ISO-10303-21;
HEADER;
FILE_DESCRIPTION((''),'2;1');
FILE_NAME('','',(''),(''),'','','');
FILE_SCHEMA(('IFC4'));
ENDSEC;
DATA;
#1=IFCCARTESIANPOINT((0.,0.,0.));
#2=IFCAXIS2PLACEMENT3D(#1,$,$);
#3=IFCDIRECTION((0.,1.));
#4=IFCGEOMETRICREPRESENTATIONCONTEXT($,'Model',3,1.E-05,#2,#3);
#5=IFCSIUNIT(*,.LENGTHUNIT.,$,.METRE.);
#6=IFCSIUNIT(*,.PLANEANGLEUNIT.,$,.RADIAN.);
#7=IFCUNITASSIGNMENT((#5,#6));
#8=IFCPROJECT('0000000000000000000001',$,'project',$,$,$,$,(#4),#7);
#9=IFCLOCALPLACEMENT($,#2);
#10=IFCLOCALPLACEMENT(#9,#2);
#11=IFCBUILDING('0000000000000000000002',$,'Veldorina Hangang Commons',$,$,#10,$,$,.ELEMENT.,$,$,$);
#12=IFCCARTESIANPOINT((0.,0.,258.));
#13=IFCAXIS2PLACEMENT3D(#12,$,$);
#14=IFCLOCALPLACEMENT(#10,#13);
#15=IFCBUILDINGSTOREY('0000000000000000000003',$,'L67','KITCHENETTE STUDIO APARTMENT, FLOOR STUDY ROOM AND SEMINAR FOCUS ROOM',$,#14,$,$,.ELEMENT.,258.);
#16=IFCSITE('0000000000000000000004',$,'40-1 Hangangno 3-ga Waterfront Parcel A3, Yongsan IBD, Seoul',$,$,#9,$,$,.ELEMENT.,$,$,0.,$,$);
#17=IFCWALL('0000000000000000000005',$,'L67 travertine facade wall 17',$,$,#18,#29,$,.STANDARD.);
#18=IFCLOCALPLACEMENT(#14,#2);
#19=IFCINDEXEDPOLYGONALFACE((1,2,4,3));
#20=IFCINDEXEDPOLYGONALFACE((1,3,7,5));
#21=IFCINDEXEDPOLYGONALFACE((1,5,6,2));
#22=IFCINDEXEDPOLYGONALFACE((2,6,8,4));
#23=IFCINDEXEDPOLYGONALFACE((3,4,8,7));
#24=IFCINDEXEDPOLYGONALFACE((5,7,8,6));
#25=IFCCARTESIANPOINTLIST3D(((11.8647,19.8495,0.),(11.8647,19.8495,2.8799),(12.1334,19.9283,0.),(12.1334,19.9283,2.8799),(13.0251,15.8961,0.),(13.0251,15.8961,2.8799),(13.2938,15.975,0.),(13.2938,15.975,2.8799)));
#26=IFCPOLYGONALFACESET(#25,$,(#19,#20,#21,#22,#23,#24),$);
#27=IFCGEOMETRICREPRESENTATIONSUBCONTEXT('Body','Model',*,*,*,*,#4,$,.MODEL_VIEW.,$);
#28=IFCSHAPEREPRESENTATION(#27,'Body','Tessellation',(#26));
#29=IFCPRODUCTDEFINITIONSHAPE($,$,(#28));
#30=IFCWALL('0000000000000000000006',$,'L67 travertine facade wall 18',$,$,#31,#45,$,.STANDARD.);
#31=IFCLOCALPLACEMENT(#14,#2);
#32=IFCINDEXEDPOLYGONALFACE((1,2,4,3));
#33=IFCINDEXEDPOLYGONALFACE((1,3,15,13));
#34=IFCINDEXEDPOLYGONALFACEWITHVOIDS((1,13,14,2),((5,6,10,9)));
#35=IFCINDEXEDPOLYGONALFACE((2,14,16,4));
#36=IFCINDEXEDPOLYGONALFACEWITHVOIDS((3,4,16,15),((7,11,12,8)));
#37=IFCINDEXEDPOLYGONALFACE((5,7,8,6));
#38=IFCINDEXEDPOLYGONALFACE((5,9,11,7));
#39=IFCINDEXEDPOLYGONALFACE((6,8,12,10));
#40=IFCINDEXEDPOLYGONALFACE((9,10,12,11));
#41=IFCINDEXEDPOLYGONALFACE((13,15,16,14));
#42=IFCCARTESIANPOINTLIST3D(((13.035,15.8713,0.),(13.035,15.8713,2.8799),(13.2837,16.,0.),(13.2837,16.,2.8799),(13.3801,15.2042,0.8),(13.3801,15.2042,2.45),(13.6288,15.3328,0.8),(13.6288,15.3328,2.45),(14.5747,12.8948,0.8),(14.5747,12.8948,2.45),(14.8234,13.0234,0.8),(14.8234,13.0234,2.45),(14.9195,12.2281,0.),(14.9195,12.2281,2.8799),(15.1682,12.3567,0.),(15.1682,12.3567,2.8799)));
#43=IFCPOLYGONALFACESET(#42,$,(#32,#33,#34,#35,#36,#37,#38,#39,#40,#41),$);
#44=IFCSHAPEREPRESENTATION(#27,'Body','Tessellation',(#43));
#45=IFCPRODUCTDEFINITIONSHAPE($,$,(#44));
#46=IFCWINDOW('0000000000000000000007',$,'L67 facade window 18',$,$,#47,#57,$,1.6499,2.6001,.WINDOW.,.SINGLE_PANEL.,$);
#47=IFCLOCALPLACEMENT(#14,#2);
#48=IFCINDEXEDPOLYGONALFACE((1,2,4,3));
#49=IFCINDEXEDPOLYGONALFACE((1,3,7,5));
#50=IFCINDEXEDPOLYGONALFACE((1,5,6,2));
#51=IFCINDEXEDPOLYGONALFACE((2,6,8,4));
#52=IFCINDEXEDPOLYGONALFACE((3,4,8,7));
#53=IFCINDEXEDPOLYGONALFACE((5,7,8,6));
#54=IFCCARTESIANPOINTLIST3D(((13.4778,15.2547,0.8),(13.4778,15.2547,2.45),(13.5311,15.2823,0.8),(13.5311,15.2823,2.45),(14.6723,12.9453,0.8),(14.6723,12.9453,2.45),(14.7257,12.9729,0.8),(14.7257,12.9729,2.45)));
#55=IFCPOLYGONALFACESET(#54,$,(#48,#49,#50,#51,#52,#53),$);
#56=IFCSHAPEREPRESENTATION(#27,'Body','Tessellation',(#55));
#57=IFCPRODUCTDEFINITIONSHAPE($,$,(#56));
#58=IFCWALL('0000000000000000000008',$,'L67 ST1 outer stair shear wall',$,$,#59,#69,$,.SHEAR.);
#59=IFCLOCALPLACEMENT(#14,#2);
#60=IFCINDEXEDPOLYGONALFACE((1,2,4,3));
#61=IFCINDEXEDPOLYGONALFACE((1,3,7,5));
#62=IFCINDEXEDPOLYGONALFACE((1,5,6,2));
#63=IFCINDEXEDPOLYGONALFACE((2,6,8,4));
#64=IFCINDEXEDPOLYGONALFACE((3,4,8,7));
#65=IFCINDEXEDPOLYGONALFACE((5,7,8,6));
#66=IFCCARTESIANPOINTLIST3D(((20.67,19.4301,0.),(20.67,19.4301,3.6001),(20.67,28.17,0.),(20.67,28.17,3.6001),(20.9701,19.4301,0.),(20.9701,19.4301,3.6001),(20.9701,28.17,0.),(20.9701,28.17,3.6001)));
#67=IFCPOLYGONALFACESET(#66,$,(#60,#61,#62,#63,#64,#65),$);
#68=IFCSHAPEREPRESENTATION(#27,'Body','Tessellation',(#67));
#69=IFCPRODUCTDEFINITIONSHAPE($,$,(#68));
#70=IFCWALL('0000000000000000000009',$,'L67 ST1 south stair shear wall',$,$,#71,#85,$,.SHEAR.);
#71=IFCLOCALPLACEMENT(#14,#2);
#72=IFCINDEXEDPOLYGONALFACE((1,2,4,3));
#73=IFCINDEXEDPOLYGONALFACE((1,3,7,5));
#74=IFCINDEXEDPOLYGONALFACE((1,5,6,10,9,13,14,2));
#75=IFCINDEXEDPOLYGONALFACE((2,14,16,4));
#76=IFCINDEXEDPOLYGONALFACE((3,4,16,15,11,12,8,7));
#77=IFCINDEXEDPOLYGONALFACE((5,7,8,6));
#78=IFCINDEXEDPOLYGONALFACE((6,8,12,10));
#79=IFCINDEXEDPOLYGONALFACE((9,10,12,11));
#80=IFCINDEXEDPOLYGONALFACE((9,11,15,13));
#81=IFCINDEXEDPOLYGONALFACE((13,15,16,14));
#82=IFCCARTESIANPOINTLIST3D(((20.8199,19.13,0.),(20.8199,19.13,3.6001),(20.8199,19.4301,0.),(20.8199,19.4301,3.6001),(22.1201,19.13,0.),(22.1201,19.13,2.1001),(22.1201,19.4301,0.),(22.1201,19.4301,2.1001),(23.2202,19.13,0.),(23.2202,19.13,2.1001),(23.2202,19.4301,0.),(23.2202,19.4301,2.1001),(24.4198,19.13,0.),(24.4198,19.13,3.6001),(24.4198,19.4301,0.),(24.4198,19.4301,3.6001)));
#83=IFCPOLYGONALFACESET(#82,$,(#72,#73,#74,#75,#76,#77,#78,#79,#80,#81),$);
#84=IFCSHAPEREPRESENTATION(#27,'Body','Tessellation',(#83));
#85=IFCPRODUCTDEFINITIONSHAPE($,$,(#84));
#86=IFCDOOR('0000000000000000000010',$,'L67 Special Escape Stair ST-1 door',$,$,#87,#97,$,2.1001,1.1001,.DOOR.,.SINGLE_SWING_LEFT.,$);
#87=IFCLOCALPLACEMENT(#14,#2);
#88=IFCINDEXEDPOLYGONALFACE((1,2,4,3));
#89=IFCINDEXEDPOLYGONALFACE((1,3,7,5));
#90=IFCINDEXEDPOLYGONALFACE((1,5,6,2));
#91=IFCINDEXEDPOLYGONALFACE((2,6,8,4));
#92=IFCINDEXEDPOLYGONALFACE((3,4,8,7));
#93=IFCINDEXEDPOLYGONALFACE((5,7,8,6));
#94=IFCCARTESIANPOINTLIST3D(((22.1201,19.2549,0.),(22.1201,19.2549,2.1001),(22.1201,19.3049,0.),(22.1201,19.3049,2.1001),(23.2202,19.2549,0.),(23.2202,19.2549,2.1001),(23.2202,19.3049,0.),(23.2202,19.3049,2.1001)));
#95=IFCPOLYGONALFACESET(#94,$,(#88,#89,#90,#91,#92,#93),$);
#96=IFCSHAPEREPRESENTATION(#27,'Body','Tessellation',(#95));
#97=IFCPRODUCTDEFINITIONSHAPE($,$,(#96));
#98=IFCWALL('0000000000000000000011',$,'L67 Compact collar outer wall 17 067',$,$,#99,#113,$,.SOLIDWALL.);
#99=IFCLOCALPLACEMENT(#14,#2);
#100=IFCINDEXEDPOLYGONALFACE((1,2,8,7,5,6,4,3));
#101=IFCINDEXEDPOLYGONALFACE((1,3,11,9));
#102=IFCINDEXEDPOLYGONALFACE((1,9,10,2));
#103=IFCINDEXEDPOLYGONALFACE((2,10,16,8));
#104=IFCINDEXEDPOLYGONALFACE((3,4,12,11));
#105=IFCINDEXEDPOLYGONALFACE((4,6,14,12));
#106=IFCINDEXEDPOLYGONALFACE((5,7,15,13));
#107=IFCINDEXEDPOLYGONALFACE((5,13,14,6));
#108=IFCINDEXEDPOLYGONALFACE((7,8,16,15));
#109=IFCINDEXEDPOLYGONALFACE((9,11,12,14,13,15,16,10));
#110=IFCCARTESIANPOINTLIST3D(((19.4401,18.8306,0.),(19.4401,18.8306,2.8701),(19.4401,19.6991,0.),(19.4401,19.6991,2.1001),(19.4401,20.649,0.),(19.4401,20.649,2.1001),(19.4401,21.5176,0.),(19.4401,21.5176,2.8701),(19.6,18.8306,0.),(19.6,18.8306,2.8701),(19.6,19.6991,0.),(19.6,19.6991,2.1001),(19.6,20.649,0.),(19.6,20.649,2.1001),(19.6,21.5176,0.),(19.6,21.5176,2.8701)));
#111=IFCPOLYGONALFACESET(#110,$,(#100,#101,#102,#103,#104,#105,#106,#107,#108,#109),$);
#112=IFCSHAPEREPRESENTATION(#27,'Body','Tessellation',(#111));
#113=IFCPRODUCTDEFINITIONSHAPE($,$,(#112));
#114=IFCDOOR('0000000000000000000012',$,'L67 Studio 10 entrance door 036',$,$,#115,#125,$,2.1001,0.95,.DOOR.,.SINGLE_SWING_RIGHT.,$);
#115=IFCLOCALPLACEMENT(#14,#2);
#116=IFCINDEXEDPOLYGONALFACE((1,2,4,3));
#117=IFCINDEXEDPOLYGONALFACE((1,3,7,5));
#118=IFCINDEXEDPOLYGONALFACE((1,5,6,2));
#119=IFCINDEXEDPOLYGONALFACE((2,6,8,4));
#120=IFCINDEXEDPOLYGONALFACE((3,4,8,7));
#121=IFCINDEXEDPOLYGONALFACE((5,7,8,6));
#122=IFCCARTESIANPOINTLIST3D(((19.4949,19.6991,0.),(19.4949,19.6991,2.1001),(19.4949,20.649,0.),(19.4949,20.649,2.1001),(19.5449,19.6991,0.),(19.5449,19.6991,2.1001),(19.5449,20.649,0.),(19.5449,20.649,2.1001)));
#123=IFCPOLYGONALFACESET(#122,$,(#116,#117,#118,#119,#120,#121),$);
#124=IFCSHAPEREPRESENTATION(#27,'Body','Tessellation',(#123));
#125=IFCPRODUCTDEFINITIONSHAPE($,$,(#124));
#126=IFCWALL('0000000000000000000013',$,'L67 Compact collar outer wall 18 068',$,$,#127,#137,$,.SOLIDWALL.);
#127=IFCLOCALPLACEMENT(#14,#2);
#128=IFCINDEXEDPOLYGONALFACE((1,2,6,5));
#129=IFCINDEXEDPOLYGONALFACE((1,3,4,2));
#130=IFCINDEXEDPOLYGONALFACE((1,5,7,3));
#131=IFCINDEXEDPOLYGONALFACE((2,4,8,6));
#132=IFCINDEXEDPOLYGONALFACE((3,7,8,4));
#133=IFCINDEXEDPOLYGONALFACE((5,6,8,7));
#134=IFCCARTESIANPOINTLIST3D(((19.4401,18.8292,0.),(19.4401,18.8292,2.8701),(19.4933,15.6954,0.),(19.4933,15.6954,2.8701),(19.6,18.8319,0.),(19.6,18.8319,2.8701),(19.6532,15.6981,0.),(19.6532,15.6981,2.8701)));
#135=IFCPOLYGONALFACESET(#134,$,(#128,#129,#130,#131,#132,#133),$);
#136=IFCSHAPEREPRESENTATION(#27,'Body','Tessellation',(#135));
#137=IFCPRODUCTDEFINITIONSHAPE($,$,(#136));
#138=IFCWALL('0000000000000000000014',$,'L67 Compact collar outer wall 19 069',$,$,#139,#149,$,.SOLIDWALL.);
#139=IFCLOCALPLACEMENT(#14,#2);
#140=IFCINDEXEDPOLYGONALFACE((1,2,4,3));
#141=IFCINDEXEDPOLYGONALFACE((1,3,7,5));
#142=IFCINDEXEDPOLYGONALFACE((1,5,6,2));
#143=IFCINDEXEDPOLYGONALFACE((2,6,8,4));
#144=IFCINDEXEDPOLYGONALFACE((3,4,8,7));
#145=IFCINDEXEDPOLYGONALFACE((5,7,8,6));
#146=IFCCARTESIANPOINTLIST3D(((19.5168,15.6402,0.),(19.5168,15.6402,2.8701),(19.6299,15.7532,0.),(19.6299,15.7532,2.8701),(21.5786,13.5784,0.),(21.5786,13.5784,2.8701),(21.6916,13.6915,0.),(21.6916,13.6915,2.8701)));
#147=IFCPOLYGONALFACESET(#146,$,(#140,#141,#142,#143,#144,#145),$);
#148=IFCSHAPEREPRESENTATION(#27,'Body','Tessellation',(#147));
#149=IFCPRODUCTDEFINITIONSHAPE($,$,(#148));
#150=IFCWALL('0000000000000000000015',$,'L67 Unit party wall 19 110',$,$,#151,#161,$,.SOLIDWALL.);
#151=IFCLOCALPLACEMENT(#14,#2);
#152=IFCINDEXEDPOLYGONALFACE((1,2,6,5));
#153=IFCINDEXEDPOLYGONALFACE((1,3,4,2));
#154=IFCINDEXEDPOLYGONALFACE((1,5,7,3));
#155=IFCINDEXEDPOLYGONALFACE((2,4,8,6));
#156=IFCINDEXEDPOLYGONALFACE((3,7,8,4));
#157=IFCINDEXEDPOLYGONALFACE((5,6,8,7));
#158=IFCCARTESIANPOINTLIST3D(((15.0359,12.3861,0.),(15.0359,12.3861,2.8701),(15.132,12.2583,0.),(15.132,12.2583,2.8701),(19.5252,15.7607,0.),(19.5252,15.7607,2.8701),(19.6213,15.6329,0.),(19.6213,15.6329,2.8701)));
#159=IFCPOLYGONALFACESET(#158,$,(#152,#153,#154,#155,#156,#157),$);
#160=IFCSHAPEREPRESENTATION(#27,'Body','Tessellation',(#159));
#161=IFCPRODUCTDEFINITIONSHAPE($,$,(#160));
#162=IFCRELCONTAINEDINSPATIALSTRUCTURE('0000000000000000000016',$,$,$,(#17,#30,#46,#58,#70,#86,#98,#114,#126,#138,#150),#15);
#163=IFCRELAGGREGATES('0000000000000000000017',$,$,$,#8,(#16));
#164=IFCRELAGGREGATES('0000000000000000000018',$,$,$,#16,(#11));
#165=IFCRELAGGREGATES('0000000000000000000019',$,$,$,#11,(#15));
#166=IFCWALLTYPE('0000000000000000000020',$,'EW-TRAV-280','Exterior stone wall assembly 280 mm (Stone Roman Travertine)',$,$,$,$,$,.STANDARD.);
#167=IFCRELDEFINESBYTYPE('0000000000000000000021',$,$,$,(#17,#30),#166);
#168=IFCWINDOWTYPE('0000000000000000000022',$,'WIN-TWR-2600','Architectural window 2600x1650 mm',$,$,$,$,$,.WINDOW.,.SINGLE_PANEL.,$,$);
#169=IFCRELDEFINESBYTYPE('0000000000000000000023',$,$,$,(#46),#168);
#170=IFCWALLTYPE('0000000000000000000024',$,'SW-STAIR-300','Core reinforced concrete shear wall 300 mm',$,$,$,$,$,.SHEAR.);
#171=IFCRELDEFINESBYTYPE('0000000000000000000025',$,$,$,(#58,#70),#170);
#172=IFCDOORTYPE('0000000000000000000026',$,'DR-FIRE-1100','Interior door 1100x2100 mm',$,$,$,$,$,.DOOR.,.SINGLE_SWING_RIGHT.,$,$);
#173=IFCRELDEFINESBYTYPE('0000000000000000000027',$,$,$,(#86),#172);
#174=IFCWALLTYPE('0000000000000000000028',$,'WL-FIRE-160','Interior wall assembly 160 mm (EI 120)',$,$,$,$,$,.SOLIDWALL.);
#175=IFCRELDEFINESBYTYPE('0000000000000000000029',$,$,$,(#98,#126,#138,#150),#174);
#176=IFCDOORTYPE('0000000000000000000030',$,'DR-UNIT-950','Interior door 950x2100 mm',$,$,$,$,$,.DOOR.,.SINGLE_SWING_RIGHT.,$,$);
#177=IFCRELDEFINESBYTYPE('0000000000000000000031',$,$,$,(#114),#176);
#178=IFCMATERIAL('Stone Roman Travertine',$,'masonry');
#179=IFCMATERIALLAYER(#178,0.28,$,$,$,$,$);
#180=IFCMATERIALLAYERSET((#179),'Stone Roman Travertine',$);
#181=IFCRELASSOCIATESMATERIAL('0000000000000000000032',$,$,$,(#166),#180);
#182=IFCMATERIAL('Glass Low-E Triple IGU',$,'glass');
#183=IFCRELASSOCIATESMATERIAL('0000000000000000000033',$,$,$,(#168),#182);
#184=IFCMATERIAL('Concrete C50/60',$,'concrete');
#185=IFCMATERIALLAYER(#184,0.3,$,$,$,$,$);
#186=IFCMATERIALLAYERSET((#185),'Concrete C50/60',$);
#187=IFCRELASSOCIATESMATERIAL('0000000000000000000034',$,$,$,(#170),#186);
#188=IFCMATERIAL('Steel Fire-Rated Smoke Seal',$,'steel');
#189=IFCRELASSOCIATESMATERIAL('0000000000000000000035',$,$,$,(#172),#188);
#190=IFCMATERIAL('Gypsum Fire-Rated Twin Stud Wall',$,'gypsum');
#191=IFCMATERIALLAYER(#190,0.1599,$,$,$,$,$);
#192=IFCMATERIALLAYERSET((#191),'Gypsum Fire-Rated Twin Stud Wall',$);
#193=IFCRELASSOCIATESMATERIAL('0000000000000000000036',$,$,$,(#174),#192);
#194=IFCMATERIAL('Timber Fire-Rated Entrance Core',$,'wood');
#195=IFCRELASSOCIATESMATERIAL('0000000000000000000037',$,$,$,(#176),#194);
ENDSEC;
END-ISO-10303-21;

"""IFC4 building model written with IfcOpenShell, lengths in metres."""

from ifc_helpers import new_model, si_unit, direction, frame, frame_2d, origin, place, context, subcontext, project, spatial, rectangle, extrude, material, layer, layer_set, type_object, element, fill, save


model = new_model("IFC4")

# Units and contexts
model_context = context("Model", 3, precision=1e-05, world=origin(), true_north=direction((0.0, 1.0)))
body_context = subcontext(model_context, "Body", "Model", "MODEL_VIEW")
ifc_project = project(units=[si_unit("LENGTHUNIT", "METRE"), si_unit("PLANEANGLEUNIT", "RADIAN")], contexts=[model_context])

# Site, building, storey
site_placement = place(None, origin())
site = spatial("IfcSite", under=ifc_project, at=site_placement, Name="40-1 Hangangno 3-ga Waterfront Parcel A3, Yongsan IBD, Seoul", CompositionType="ELEMENT", RefElevation=0.0)
building_placement = place(site_placement, origin())
building = spatial("IfcBuilding", under=site, at=building_placement, Name="Veldorina Hangang Commons", CompositionType="ELEMENT")
storey_placement = place(building_placement, frame((0.0, 0.0, 258.0)))
storey = spatial("IfcBuildingStorey", under=building, at=storey_placement, Name="L67", Description="KITCHENETTE STUDIO APARTMENT, FLOOR STUDY ROOM AND SEMINAR FOCUS ROOM", CompositionType="ELEMENT", Elevation=258.0)

# Wall
ifc_material_1 = material(Name="Stone Roman Travertine", Category="masonry")
ifc_layer_1 = layer(ifc_material_1, 0.28)
ifc_layer_set_1 = layer_set([ifc_layer_1], Name="Stone Roman Travertine")
wall_type_1 = type_object("IfcWallType", Name="EW-TRAV-280", Description="Exterior stone wall assembly 280 mm (Stone Roman Travertine)", PredefinedType="STANDARD", material=ifc_layer_set_1)
wall_1_placement = place(storey_placement, frame((11.999, 19.8889, 0.0), z_axis=(0.0, 0.0, 1.0), x_axis=(0.28164, -0.95952, 0.0)))
element("IfcWall", 1, at=wall_1_placement, inside=storey, type_object=wall_type_1, Name="L67 travertine facade wall 17", PredefinedType="STANDARD", context=body_context, shape_type="SweptSolid", body=[
    extrude(rectangle(XDim=4.1201, YDim=0.28, at=frame_2d((2.0601, 0.0))), origin(), (0.0, 0.0, 1.0), 2.8799),
])

# Wall, opening, window
wall_2_placement = place(storey_placement, frame((13.1594, 15.9355, 0.0), z_axis=(0.0, 0.0, 1.0), x_axis=(0.459433, -0.888213, 0.0)))
wall_2 = element("IfcWall", 2, at=wall_2_placement, inside=storey, type_object=wall_type_1, Name="L67 travertine facade wall 18", PredefinedType="STANDARD", context=body_context, shape_type="SweptSolid", body=[
    extrude(rectangle(XDim=4.1018, YDim=0.28, at=frame_2d((2.0508, 0.0))), origin(), (0.0, 0.0, 1.0), 2.8799),
])
opening_1_placement = place(wall_2_placement, frame((0.751, 0.0, 0.8)))
opening_1 = element("IfcOpeningElement", 3, at=opening_1_placement, cuts=wall_2, PredefinedType="OPENING", context=body_context, shape_type="SweptSolid", body=[
    extrude(rectangle(XDim=2.6001, YDim=1.6499, at=frame_2d((1.3, 0.825))), frame((0.0, 0.1499, 0.0), z_axis=(0.0, -1.0, 0.0), x_axis=(1.0, 0.0, 0.0)), (0.0, 0.0, 1.0), 0.3),
])
ifc_material_2 = material(Name="Glass Low-E Triple IGU", Category="glass")
window_type = type_object("IfcWindowType", Name="WIN-TWR-2600", Description="Architectural window 2600x1650 mm", PartitioningType="SINGLE_PANEL", PredefinedType="WINDOW", material=ifc_material_2)
window_placement = place(opening_1_placement, origin())
window = element("IfcWindow", 4, at=window_placement, inside=storey, type_object=window_type, Name="L67 facade window 18", OverallHeight=1.6499, OverallWidth=2.6001, PartitioningType="SINGLE_PANEL", PredefinedType="WINDOW", context=body_context, shape_type="SweptSolid", body=[
    extrude(rectangle(XDim=2.6001, YDim=1.6499, at=frame_2d((1.3, 0.825))), frame((0.0, 0.03, 0.0), z_axis=(0.0, -1.0, 0.0), x_axis=(1.0, 0.0, 0.0)), (0.0, 0.0, 1.0), 0.0601),
])
fill(opening_1, window)

# Wall
ifc_material_3 = material(Name="Concrete C50/60", Category="concrete")
ifc_layer_2 = layer(ifc_material_3, 0.3)
ifc_layer_set_2 = layer_set([ifc_layer_2], Name="Concrete C50/60")
wall_type_2 = type_object("IfcWallType", Name="SW-STAIR-300", Description="Core reinforced concrete shear wall 300 mm", PredefinedType="SHEAR", material=ifc_layer_set_2)
wall_3_placement = place(storey_placement, frame((20.8201, 19.4299, 0.0), z_axis=(0.0, 0.0, 1.0), x_axis=(0.0, 1.0, 0.0)))
element("IfcWall", 5, at=wall_3_placement, inside=storey, type_object=wall_type_2, Name="L67 ST1 outer stair shear wall", PredefinedType="SHEAR", context=body_context, shape_type="SweptSolid", body=[
    extrude(rectangle(XDim=8.74, YDim=0.3, at=frame_2d((4.3701, 0.0))), origin(), (0.0, 0.0, 1.0), 3.6001),
])

# Walls, openings, doors
wall_4_placement = place(storey_placement, frame((20.8201, 19.28, 0.0), z_axis=(0.0, 0.0, 1.0), x_axis=(1.0, 0.0, 0.0)))
wall_4 = element("IfcWall", 6, at=wall_4_placement, inside=storey, type_object=wall_type_2, Name="L67 ST1 south stair shear wall", PredefinedType="SHEAR", context=body_context, shape_type="SweptSolid", body=[
    extrude(rectangle(XDim=3.5999, YDim=0.3, at=frame_2d((1.7998, 0.0))), origin(), (0.0, 0.0, 1.0), 3.6001),
])
opening_2_placement = place(wall_4_placement, frame((1.3, 0.0, 0.0)))
opening_2 = element("IfcOpeningElement", 7, at=opening_2_placement, cuts=wall_4, PredefinedType="OPENING", context=body_context, shape_type="SweptSolid", body=[
    extrude(rectangle(XDim=1.1001, YDim=2.1001, at=frame_2d((0.55, 1.05))), frame((0.0, 0.1602, 0.0), z_axis=(0.0, -1.0, 0.0), x_axis=(1.0, 0.0, 0.0)), (0.0, 0.0, 1.0), 0.3201),
])
ifc_material_4 = material(Name="Steel Fire-Rated Smoke Seal", Category="steel")
door_type_1 = type_object("IfcDoorType", Name="DR-FIRE-1100", Description="Interior door 1100x2100 mm", OperationType="SINGLE_SWING_RIGHT", PredefinedType="DOOR", material=ifc_material_4)
door_1_placement = place(opening_2_placement, origin())
door_1 = element("IfcDoor", 8, at=door_1_placement, inside=storey, type_object=door_type_1, Name="L67 Special Escape Stair ST-1 door", OperationType="SINGLE_SWING_LEFT", OverallHeight=2.1001, OverallWidth=1.1001, PredefinedType="DOOR", context=body_context, shape_type="SweptSolid", body=[
    extrude(rectangle(XDim=1.1001, YDim=2.1001, at=frame_2d((0.55, 1.05))), frame((0.0, 0.0249, 0.0), z_axis=(0.0, -1.0, 0.0), x_axis=(1.0, 0.0, 0.0)), (0.0, 0.0, 1.0), 0.05),
])
fill(opening_2, door_1)
ifc_material_5 = material(Name="Gypsum Fire-Rated Twin Stud Wall", Category="gypsum")
ifc_layer_3 = layer(ifc_material_5, 0.1599)
ifc_layer_set_3 = layer_set([ifc_layer_3], Name="Gypsum Fire-Rated Twin Stud Wall")
wall_type_3 = type_object("IfcWallType", Name="WL-FIRE-160", Description="Interior wall assembly 160 mm (EI 120)", PredefinedType="SOLIDWALL", material=ifc_layer_set_3)
wall_5_placement = place(storey_placement, frame((19.52, 21.5176, 0.0), z_axis=(0.0, 0.0, 1.0), x_axis=(0.0, -1.0, 0.0)))
wall_5 = element("IfcWall", 9, at=wall_5_placement, inside=storey, type_object=wall_type_3, Name="L67 Compact collar outer wall 17 067", PredefinedType="SOLIDWALL", context=body_context, shape_type="SweptSolid", body=[
    extrude(rectangle(XDim=2.687, YDim=0.1599, at=frame_2d((1.3435, 0.0))), origin(), (0.0, 0.0, 1.0), 2.8701),
])
opening_3_placement = place(wall_5_placement, frame((0.8684, 0.0, 0.0)))
opening_3 = element("IfcOpeningElement", 10, at=opening_3_placement, cuts=wall_5, PredefinedType="OPENING", context=body_context, shape_type="SweptSolid", body=[
    extrude(rectangle(XDim=0.95, YDim=2.1001, at=frame_2d((0.4751, 1.05))), frame((0.0, 0.0898, 0.0), z_axis=(0.0, -1.0, 0.0), x_axis=(1.0, 0.0, 0.0)), (0.0, 0.0, 1.0), 0.1799),
])
ifc_material_6 = material(Name="Timber Fire-Rated Entrance Core", Category="wood")
door_type_2 = type_object("IfcDoorType", Name="DR-UNIT-950", Description="Interior door 950x2100 mm", OperationType="SINGLE_SWING_RIGHT", PredefinedType="DOOR", material=ifc_material_6)
door_2_placement = place(opening_3_placement, origin())
door_2 = element("IfcDoor", 11, at=door_2_placement, inside=storey, type_object=door_type_2, Name="L67 Studio 10 entrance door 036", OperationType="SINGLE_SWING_RIGHT", OverallHeight=2.1001, OverallWidth=0.95, PredefinedType="DOOR", context=body_context, shape_type="SweptSolid", body=[
    extrude(rectangle(XDim=0.95, YDim=2.1001, at=frame_2d((0.4751, 1.05))), frame((0.0, 0.0249, 0.0), z_axis=(0.0, -1.0, 0.0), x_axis=(1.0, 0.0, 0.0)), (0.0, 0.0, 1.0), 0.05),
])
fill(opening_3, door_2)

# Walls
wall_6_placement = place(storey_placement, frame((19.52, 18.8306, 0.0), z_axis=(0.0, 0.0, 1.0), x_axis=(0.016981, -0.999856, 0.0)))
element("IfcWall", 12, at=wall_6_placement, inside=storey, type_object=wall_type_3, Name="L67 Compact collar outer wall 18 068", PredefinedType="SOLIDWALL", context=body_context, shape_type="SweptSolid", body=[
    extrude(rectangle(XDim=3.1343, YDim=0.1599, at=frame_2d((1.5671, 0.0))), origin(), (0.0, 0.0, 1.0), 2.8701),
])
wall_7_placement = place(storey_placement, frame((19.5732, 15.6968, 0.0), z_axis=(0.0, 0.0, 1.0), x_axis=(0.707107, -0.707107, 0.0)))
element("IfcWall", 13, at=wall_7_placement, inside=storey, type_object=wall_type_3, Name="L67 Compact collar outer wall 19 069", PredefinedType="SOLIDWALL", context=body_context, shape_type="SweptSolid", body=[
    extrude(rectangle(XDim=2.9158, YDim=0.1599, at=frame_2d((1.458, 0.0))), origin(), (0.0, 0.0, 1.0), 2.8701),
])
wall_8_placement = place(storey_placement, frame((19.5732, 15.6968, 0.0), z_axis=(0.0, 0.0, 1.0), x_axis=(-0.799353, -0.600862, 0.0)))
element("IfcWall", 14, at=wall_8_placement, inside=storey, type_object=wall_type_3, Name="L67 Unit party wall 19 110", PredefinedType="SOLIDWALL", context=body_context, shape_type="SweptSolid", body=[
    extrude(rectangle(XDim=5.6162, YDim=0.1599, at=frame_2d((2.8081, 0.0))), origin(), (0.0, 0.0, 1.0), 2.8701),
])

save(model, "model.ifc")
